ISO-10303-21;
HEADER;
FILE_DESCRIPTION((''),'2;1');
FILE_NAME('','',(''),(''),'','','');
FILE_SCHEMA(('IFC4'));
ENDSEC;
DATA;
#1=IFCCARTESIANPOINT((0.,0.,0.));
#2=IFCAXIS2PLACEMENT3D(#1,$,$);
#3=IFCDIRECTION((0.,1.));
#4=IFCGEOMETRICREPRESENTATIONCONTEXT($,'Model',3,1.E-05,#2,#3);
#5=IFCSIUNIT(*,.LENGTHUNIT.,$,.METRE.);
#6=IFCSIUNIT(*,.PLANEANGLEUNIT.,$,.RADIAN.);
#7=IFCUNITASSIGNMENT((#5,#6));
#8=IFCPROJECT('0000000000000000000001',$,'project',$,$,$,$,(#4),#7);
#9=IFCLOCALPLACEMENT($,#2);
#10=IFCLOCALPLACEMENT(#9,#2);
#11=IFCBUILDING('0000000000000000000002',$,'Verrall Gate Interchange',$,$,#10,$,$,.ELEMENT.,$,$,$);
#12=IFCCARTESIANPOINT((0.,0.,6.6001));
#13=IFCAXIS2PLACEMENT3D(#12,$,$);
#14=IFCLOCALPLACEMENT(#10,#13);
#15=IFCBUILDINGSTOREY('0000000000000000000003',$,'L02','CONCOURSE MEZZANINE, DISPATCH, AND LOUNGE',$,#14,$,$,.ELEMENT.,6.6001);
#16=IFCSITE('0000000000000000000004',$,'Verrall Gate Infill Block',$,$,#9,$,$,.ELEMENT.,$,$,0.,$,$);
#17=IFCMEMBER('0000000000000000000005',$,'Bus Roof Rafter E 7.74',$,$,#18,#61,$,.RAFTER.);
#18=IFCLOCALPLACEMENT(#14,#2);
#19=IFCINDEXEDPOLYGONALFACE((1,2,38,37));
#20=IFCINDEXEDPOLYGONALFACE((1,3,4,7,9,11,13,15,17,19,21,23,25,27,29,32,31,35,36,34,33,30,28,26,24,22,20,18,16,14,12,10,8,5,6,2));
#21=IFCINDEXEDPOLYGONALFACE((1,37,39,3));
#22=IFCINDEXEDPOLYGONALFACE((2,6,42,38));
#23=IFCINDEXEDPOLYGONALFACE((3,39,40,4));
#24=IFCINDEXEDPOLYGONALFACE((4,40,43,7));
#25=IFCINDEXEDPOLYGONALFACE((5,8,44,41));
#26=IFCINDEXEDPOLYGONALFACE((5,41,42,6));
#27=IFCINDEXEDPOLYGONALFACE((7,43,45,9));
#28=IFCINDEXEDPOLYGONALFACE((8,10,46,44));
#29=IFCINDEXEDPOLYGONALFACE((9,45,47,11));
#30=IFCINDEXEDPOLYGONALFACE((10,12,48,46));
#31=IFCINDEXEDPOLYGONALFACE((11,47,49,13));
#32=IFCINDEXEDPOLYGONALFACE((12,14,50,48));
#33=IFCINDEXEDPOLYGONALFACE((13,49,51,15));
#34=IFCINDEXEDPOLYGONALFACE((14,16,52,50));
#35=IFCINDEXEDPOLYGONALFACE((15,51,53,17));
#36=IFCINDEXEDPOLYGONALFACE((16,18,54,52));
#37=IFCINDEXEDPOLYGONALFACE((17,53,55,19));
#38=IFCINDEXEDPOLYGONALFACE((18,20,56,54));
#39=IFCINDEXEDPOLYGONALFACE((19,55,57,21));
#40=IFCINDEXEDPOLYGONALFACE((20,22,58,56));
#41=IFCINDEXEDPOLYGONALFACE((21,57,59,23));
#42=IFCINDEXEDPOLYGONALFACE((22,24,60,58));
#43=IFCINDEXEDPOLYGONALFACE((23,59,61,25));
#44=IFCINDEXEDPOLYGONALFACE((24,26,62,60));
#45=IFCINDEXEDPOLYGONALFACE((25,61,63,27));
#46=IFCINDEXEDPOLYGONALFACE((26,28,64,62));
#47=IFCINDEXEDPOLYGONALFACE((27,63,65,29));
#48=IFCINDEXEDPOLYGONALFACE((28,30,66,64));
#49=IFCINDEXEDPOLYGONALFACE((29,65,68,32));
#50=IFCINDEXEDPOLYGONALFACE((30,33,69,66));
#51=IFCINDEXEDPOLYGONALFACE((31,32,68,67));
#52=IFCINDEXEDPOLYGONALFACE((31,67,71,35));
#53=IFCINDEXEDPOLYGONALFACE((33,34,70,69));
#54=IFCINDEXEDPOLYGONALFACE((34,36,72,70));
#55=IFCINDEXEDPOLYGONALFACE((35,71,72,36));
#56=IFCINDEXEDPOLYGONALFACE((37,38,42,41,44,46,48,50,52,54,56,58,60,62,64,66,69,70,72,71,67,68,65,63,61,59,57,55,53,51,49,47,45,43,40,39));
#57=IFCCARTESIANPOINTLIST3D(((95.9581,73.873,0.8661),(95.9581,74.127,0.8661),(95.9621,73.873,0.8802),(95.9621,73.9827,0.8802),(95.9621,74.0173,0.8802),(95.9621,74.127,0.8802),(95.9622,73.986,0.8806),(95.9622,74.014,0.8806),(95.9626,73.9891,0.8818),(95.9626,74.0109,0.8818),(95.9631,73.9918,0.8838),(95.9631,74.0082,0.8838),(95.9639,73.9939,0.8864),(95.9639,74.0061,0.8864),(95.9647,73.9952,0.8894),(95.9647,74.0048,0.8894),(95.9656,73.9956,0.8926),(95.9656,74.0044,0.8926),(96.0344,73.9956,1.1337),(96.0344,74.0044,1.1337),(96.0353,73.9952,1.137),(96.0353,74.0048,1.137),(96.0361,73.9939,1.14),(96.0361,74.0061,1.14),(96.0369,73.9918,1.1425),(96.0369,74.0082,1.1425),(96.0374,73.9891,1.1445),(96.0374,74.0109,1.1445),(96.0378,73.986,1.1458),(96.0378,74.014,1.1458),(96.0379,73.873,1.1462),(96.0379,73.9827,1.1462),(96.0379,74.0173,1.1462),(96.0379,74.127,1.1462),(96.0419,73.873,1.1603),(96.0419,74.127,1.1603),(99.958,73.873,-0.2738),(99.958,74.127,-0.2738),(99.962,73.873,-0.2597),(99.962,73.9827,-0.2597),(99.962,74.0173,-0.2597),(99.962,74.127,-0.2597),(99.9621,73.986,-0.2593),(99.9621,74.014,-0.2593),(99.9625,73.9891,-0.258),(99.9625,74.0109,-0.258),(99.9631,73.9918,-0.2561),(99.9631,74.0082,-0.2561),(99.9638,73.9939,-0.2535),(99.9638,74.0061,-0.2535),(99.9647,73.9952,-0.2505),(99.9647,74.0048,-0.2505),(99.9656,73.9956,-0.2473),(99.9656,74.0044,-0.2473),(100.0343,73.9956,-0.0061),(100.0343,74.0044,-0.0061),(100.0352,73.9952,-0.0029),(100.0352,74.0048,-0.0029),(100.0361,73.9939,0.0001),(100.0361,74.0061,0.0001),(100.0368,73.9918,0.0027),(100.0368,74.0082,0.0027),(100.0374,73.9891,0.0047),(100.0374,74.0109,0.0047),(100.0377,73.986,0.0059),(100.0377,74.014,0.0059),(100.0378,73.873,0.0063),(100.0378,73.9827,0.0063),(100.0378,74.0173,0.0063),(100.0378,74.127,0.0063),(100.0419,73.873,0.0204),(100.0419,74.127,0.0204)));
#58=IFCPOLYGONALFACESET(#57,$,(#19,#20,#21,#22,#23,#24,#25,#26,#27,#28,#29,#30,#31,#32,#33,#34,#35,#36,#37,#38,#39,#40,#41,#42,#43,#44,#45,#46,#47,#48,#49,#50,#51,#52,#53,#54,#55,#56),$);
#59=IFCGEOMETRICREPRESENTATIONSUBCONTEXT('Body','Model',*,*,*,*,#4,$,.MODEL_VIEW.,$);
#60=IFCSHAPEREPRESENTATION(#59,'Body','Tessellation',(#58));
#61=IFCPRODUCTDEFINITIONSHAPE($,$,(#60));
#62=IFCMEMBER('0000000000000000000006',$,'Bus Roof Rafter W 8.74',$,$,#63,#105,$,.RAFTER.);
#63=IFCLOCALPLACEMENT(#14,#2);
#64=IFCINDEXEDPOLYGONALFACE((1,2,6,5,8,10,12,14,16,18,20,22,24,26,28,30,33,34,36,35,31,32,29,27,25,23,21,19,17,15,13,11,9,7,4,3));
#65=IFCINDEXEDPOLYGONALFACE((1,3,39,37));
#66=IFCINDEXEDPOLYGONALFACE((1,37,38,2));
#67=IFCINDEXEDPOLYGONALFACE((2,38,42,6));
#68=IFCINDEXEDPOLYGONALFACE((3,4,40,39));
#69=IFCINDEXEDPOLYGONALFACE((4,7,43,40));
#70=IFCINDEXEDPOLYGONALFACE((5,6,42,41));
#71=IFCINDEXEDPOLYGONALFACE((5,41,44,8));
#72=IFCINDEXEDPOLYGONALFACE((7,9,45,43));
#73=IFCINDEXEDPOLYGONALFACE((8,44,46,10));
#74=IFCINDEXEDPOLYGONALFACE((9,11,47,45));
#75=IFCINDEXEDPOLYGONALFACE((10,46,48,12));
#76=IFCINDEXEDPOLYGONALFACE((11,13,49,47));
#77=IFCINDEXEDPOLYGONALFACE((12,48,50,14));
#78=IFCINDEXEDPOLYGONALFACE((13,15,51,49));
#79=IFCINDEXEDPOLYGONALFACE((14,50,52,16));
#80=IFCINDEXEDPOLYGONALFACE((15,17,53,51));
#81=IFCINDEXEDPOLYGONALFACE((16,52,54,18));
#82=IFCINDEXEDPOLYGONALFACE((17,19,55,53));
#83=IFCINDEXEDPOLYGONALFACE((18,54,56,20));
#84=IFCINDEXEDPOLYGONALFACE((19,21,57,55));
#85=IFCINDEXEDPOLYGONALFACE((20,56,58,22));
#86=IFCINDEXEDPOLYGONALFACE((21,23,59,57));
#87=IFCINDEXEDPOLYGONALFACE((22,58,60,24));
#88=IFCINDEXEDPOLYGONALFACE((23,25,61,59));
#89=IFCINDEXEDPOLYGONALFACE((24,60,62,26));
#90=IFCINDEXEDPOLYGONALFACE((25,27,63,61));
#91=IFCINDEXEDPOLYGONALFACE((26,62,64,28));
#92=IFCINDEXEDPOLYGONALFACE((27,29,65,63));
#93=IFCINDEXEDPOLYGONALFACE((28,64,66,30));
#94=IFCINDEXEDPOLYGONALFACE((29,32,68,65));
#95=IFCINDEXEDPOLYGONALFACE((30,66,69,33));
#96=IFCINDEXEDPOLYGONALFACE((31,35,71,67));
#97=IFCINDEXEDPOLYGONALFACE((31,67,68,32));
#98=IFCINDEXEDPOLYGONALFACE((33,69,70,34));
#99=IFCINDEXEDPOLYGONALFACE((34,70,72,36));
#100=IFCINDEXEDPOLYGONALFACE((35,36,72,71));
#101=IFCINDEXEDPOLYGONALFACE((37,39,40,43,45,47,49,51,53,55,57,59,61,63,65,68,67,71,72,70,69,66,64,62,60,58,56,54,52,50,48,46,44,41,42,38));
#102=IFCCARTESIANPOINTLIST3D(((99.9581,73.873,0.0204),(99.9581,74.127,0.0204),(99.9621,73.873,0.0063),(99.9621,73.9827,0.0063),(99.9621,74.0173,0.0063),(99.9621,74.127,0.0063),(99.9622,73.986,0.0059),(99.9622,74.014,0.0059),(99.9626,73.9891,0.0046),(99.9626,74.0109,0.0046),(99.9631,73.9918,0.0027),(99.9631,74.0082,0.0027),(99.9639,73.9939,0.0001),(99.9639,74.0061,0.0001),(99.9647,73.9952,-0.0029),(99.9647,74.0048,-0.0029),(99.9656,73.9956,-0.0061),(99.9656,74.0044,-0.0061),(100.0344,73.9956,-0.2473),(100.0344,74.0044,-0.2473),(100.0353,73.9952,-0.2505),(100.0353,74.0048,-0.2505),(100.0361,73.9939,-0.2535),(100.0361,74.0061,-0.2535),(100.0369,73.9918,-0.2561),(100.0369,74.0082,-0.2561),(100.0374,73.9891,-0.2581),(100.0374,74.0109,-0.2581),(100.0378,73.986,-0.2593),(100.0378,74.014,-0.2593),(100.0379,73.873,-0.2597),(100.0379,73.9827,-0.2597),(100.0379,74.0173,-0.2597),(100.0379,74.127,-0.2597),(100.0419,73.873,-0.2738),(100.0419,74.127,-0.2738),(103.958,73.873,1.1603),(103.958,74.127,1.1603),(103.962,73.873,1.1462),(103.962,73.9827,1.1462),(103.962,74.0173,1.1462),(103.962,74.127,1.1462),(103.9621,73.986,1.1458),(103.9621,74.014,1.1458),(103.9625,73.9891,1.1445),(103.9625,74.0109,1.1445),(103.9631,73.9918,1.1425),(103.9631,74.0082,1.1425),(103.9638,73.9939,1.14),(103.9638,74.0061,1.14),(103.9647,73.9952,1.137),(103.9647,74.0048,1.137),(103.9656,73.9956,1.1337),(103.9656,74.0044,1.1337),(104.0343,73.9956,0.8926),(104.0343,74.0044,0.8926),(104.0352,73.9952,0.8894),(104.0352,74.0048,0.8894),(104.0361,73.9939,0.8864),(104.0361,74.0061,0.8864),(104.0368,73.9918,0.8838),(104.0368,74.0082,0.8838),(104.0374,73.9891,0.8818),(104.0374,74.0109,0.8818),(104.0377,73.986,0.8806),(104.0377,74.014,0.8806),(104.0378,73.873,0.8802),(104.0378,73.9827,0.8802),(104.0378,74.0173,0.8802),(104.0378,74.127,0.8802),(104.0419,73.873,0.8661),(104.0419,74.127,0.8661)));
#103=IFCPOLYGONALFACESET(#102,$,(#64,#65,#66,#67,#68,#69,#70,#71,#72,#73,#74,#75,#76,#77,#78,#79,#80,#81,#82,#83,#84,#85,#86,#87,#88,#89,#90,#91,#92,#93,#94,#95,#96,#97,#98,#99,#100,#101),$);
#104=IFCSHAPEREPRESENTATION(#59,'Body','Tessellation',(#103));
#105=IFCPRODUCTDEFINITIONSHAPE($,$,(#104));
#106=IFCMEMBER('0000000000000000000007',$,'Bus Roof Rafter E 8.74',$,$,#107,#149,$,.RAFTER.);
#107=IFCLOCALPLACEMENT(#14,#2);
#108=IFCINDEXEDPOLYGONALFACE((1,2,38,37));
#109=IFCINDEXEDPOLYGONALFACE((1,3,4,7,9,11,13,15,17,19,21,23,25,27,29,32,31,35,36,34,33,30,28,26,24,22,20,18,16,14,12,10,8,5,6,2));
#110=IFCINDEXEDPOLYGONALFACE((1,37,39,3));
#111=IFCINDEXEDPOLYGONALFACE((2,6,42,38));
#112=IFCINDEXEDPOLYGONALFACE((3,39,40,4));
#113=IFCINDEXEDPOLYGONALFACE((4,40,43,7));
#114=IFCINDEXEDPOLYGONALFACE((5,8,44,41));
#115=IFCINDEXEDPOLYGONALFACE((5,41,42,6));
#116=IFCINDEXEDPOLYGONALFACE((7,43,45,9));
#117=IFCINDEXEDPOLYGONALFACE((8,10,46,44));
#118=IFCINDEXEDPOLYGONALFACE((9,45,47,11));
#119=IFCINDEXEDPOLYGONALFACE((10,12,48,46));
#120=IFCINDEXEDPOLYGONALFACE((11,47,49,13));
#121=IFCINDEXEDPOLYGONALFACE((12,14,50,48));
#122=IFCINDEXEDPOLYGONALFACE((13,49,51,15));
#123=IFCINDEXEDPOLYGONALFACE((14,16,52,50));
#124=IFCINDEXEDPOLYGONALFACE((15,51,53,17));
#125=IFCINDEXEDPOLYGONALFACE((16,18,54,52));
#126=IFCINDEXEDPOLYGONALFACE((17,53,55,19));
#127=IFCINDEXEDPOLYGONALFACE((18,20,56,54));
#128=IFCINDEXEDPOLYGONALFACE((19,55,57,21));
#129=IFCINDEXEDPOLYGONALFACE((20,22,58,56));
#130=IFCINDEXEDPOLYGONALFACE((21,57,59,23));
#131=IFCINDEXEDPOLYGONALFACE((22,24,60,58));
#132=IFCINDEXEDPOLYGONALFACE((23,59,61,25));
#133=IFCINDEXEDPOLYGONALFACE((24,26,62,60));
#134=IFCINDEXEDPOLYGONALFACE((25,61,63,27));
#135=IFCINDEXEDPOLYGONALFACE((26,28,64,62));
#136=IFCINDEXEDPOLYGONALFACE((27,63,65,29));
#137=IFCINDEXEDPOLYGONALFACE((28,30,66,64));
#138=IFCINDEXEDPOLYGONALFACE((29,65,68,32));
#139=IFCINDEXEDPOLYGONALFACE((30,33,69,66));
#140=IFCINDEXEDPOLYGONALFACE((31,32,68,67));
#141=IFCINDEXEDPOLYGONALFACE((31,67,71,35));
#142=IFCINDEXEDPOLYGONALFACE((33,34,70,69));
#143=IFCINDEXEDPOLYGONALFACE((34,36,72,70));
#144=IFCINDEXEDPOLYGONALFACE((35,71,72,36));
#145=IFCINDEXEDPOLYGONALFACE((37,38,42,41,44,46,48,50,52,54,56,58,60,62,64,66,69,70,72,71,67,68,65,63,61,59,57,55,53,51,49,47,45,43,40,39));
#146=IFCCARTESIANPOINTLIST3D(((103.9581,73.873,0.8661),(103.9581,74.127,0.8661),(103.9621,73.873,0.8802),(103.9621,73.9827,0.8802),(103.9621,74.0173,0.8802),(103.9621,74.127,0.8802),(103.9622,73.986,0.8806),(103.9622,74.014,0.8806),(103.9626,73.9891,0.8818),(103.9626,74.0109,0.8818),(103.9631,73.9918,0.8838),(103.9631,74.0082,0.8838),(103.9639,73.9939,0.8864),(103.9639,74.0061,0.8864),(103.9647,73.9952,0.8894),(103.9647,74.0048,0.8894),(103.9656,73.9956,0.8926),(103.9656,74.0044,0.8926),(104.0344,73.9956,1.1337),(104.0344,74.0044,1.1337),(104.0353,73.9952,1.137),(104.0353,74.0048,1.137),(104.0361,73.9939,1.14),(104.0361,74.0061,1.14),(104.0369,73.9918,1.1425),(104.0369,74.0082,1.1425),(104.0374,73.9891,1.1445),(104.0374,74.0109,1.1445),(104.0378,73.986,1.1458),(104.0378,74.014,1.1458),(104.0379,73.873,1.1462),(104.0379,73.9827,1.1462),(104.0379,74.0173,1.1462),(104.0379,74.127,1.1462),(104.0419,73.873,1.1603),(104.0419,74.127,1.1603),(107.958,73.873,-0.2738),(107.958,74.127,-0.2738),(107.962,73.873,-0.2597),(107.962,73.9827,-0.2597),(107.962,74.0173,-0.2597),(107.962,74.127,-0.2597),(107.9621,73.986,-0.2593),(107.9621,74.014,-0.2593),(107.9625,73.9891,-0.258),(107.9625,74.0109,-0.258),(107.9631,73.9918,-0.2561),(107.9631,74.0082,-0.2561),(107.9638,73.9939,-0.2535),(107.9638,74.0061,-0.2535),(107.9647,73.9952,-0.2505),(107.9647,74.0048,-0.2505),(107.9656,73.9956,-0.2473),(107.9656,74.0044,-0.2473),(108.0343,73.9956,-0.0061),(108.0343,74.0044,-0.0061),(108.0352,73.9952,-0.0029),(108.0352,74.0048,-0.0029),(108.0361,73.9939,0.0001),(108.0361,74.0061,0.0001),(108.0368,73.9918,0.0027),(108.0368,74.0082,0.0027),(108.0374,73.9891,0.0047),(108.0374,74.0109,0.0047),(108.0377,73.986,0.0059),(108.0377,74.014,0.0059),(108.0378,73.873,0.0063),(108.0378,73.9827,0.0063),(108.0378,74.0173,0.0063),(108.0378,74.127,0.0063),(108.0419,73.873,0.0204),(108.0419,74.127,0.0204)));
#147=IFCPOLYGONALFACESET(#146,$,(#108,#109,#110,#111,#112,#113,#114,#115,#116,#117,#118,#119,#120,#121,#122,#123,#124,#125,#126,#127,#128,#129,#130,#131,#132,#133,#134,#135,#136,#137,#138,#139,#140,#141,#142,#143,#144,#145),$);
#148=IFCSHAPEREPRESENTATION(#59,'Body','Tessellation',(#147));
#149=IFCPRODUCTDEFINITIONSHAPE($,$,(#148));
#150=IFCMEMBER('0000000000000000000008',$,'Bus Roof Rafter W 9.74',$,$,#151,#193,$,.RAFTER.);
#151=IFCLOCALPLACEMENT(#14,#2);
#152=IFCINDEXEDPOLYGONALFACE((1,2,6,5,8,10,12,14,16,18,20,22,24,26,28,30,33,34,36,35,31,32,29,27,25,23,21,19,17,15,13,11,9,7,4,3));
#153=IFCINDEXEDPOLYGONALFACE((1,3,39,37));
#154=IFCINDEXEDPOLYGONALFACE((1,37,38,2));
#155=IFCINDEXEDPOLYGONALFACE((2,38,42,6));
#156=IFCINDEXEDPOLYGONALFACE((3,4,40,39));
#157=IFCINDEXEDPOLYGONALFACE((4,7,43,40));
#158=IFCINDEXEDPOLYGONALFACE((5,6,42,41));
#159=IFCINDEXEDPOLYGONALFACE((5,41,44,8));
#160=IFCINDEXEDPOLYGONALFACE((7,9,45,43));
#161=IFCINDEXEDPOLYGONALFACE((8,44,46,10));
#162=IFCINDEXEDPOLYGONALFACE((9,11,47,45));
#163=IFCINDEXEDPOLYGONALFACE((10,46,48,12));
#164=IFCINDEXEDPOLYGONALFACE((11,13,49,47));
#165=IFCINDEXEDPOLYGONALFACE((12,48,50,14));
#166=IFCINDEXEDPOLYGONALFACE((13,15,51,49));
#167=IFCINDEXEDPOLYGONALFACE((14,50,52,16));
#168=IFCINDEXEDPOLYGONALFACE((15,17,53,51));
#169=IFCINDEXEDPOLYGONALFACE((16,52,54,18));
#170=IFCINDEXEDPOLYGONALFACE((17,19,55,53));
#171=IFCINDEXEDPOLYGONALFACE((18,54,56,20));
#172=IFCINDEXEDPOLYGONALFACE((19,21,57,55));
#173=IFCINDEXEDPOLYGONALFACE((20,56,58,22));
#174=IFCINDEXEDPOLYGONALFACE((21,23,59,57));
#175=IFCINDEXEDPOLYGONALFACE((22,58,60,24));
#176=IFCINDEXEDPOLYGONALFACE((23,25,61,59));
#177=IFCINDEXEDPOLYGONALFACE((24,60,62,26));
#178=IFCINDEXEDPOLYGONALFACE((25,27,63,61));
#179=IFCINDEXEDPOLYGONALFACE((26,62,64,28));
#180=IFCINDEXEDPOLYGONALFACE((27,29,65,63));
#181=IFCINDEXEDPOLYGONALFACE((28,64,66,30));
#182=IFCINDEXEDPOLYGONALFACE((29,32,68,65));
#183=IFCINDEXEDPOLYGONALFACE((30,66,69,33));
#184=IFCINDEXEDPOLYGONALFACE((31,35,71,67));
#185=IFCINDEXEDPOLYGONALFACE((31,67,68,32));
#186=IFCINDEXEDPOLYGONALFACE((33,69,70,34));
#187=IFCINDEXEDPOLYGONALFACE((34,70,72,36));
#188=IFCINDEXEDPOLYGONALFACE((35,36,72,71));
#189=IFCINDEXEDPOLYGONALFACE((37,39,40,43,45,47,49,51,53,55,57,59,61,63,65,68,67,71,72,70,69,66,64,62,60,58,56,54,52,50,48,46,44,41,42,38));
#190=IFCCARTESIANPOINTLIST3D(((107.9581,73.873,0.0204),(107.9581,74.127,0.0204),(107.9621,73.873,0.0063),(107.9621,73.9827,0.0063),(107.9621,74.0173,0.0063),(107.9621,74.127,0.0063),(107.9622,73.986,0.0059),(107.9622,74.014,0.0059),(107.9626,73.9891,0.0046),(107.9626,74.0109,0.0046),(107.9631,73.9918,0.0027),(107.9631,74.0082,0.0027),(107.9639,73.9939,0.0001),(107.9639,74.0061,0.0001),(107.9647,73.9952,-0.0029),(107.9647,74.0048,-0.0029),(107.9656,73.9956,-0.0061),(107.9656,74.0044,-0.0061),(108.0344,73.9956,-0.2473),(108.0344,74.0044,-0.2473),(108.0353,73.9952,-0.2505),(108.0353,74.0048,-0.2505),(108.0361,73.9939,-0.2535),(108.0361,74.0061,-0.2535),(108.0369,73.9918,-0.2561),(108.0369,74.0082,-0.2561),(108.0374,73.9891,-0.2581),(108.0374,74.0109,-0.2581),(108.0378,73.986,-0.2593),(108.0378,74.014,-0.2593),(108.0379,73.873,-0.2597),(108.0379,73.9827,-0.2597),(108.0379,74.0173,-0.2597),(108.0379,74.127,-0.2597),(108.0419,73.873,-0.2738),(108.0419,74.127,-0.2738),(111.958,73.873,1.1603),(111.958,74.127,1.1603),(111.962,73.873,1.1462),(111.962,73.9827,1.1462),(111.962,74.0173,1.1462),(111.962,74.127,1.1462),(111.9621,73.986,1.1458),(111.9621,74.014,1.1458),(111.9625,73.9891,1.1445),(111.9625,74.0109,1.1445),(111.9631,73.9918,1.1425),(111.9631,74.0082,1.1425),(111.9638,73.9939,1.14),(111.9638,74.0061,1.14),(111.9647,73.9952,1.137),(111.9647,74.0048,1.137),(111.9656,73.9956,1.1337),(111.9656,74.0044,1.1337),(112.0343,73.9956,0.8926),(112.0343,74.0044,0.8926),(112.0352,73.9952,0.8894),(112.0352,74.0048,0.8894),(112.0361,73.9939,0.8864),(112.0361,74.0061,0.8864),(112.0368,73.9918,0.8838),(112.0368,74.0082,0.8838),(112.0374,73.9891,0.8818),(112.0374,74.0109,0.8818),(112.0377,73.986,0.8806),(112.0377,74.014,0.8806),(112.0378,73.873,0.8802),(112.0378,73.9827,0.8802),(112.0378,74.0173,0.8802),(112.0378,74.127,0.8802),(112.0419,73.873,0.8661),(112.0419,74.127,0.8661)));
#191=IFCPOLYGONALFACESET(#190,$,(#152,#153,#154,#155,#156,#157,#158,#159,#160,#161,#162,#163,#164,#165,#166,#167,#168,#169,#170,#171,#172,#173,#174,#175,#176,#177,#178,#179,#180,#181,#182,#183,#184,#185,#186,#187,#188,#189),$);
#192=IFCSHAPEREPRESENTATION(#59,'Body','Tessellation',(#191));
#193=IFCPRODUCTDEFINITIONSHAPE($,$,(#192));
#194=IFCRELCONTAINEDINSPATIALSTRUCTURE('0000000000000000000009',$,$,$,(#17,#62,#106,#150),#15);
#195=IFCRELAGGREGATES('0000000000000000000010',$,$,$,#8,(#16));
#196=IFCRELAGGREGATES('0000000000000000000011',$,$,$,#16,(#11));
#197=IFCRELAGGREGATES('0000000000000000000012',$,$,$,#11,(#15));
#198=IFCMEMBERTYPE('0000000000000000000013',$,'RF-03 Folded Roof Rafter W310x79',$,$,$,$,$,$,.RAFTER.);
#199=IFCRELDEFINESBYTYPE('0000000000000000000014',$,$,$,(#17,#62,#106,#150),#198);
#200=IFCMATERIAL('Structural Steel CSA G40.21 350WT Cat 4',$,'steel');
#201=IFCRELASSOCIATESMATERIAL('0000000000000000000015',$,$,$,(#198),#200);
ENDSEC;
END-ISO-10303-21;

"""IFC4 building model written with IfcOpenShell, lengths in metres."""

from ifc_helpers import new_model, si_unit, direction, frame, origin, origin_2d, place, context, subcontext, project, spatial, i_section, extrude, material, material_profile, profile_set, type_object, element, save


model = new_model("IFC4")

# Units and contexts
model_context = context("Model", 3, precision=1e-05, world=origin(), true_north=direction((0.0, 1.0)))
body_context = subcontext(model_context, "Body", "Model", "MODEL_VIEW")
ifc_project = project(units=[si_unit("LENGTHUNIT", "METRE"), si_unit("PLANEANGLEUNIT", "RADIAN")], contexts=[model_context])

# Site, building, storey
site_placement = place(None, origin())
site = spatial("IfcSite", under=ifc_project, at=site_placement, Name="Verrall Gate Infill Block", CompositionType="ELEMENT", RefElevation=0.0)
building_placement = place(site_placement, origin())
building = spatial("IfcBuilding", under=site, at=building_placement, Name="Verrall Gate Interchange", CompositionType="ELEMENT")
storey_placement = place(building_placement, frame((0.0, 0.0, 6.6001)))
storey = spatial("IfcBuildingStorey", under=building, at=storey_placement, Name="L02", Description="CONCOURSE MEZZANINE, DISPATCH, AND LOUNGE", CompositionType="ELEMENT", Elevation=6.6001)

# Members
ifc_material_1 = material(Name="Structural Steel CSA G40.21 350WT Cat 4", Category="steel")
ifc_material_profile_1 = material_profile(ifc_material_1, i_section(OverallWidth=0.2539, OverallDepth=0.3059, WebThickness=0.0088, FlangeThickness=0.0146, FilletRadius=0.0129, at=origin_2d()), Name="W310x79")
ifc_profile_set_1 = profile_set([ifc_material_profile_1], Name="Structural Steel CSA G40.21 350WT Cat 4")
member_type_1 = type_object("IfcMemberType", Name="RF-03 Folded Roof Rafter W310x79", PredefinedType="RAFTER", material=ifc_profile_set_1)
for number, where, z_axis, x_axis, name in (
    (1, (96.0, 74.0, 1.0132), (0.961712, 0.0, -0.274062), (0.0, 1.0, 0.0), "Bus Roof Rafter E 7.74"),
    (2, (100.0, 74.0, -0.1267), (0.961712, 0.0, 0.274062), (0.0, 1.0, 0.0), "Bus Roof Rafter W 8.74"),
    (3, (104.0, 74.0, 1.0132), (0.961712, 0.0, -0.274062), (0.0, 1.0, 0.0), "Bus Roof Rafter E 8.74"),
    (4, (108.0, 74.0, -0.1267), (0.961712, 0.0, 0.274062), (0.0, 1.0, 0.0), "Bus Roof Rafter W 9.74"),
):
    element("IfcMember", number, at=place(storey_placement, frame(where, z_axis=z_axis, x_axis=x_axis)), inside=storey, type_object=member_type_1, Name=name, PredefinedType="RAFTER", context=body_context, shape_type="SweptSolid", body=[
        extrude(i_section(OverallWidth=0.2539, OverallDepth=0.3059, WebThickness=0.0088, FlangeThickness=0.0146, FilletRadius=0.0129, at=origin_2d()), origin(), (0.0, 0.0, 1.0), 4.1592),
    ])

save(model, "model.ifc")
